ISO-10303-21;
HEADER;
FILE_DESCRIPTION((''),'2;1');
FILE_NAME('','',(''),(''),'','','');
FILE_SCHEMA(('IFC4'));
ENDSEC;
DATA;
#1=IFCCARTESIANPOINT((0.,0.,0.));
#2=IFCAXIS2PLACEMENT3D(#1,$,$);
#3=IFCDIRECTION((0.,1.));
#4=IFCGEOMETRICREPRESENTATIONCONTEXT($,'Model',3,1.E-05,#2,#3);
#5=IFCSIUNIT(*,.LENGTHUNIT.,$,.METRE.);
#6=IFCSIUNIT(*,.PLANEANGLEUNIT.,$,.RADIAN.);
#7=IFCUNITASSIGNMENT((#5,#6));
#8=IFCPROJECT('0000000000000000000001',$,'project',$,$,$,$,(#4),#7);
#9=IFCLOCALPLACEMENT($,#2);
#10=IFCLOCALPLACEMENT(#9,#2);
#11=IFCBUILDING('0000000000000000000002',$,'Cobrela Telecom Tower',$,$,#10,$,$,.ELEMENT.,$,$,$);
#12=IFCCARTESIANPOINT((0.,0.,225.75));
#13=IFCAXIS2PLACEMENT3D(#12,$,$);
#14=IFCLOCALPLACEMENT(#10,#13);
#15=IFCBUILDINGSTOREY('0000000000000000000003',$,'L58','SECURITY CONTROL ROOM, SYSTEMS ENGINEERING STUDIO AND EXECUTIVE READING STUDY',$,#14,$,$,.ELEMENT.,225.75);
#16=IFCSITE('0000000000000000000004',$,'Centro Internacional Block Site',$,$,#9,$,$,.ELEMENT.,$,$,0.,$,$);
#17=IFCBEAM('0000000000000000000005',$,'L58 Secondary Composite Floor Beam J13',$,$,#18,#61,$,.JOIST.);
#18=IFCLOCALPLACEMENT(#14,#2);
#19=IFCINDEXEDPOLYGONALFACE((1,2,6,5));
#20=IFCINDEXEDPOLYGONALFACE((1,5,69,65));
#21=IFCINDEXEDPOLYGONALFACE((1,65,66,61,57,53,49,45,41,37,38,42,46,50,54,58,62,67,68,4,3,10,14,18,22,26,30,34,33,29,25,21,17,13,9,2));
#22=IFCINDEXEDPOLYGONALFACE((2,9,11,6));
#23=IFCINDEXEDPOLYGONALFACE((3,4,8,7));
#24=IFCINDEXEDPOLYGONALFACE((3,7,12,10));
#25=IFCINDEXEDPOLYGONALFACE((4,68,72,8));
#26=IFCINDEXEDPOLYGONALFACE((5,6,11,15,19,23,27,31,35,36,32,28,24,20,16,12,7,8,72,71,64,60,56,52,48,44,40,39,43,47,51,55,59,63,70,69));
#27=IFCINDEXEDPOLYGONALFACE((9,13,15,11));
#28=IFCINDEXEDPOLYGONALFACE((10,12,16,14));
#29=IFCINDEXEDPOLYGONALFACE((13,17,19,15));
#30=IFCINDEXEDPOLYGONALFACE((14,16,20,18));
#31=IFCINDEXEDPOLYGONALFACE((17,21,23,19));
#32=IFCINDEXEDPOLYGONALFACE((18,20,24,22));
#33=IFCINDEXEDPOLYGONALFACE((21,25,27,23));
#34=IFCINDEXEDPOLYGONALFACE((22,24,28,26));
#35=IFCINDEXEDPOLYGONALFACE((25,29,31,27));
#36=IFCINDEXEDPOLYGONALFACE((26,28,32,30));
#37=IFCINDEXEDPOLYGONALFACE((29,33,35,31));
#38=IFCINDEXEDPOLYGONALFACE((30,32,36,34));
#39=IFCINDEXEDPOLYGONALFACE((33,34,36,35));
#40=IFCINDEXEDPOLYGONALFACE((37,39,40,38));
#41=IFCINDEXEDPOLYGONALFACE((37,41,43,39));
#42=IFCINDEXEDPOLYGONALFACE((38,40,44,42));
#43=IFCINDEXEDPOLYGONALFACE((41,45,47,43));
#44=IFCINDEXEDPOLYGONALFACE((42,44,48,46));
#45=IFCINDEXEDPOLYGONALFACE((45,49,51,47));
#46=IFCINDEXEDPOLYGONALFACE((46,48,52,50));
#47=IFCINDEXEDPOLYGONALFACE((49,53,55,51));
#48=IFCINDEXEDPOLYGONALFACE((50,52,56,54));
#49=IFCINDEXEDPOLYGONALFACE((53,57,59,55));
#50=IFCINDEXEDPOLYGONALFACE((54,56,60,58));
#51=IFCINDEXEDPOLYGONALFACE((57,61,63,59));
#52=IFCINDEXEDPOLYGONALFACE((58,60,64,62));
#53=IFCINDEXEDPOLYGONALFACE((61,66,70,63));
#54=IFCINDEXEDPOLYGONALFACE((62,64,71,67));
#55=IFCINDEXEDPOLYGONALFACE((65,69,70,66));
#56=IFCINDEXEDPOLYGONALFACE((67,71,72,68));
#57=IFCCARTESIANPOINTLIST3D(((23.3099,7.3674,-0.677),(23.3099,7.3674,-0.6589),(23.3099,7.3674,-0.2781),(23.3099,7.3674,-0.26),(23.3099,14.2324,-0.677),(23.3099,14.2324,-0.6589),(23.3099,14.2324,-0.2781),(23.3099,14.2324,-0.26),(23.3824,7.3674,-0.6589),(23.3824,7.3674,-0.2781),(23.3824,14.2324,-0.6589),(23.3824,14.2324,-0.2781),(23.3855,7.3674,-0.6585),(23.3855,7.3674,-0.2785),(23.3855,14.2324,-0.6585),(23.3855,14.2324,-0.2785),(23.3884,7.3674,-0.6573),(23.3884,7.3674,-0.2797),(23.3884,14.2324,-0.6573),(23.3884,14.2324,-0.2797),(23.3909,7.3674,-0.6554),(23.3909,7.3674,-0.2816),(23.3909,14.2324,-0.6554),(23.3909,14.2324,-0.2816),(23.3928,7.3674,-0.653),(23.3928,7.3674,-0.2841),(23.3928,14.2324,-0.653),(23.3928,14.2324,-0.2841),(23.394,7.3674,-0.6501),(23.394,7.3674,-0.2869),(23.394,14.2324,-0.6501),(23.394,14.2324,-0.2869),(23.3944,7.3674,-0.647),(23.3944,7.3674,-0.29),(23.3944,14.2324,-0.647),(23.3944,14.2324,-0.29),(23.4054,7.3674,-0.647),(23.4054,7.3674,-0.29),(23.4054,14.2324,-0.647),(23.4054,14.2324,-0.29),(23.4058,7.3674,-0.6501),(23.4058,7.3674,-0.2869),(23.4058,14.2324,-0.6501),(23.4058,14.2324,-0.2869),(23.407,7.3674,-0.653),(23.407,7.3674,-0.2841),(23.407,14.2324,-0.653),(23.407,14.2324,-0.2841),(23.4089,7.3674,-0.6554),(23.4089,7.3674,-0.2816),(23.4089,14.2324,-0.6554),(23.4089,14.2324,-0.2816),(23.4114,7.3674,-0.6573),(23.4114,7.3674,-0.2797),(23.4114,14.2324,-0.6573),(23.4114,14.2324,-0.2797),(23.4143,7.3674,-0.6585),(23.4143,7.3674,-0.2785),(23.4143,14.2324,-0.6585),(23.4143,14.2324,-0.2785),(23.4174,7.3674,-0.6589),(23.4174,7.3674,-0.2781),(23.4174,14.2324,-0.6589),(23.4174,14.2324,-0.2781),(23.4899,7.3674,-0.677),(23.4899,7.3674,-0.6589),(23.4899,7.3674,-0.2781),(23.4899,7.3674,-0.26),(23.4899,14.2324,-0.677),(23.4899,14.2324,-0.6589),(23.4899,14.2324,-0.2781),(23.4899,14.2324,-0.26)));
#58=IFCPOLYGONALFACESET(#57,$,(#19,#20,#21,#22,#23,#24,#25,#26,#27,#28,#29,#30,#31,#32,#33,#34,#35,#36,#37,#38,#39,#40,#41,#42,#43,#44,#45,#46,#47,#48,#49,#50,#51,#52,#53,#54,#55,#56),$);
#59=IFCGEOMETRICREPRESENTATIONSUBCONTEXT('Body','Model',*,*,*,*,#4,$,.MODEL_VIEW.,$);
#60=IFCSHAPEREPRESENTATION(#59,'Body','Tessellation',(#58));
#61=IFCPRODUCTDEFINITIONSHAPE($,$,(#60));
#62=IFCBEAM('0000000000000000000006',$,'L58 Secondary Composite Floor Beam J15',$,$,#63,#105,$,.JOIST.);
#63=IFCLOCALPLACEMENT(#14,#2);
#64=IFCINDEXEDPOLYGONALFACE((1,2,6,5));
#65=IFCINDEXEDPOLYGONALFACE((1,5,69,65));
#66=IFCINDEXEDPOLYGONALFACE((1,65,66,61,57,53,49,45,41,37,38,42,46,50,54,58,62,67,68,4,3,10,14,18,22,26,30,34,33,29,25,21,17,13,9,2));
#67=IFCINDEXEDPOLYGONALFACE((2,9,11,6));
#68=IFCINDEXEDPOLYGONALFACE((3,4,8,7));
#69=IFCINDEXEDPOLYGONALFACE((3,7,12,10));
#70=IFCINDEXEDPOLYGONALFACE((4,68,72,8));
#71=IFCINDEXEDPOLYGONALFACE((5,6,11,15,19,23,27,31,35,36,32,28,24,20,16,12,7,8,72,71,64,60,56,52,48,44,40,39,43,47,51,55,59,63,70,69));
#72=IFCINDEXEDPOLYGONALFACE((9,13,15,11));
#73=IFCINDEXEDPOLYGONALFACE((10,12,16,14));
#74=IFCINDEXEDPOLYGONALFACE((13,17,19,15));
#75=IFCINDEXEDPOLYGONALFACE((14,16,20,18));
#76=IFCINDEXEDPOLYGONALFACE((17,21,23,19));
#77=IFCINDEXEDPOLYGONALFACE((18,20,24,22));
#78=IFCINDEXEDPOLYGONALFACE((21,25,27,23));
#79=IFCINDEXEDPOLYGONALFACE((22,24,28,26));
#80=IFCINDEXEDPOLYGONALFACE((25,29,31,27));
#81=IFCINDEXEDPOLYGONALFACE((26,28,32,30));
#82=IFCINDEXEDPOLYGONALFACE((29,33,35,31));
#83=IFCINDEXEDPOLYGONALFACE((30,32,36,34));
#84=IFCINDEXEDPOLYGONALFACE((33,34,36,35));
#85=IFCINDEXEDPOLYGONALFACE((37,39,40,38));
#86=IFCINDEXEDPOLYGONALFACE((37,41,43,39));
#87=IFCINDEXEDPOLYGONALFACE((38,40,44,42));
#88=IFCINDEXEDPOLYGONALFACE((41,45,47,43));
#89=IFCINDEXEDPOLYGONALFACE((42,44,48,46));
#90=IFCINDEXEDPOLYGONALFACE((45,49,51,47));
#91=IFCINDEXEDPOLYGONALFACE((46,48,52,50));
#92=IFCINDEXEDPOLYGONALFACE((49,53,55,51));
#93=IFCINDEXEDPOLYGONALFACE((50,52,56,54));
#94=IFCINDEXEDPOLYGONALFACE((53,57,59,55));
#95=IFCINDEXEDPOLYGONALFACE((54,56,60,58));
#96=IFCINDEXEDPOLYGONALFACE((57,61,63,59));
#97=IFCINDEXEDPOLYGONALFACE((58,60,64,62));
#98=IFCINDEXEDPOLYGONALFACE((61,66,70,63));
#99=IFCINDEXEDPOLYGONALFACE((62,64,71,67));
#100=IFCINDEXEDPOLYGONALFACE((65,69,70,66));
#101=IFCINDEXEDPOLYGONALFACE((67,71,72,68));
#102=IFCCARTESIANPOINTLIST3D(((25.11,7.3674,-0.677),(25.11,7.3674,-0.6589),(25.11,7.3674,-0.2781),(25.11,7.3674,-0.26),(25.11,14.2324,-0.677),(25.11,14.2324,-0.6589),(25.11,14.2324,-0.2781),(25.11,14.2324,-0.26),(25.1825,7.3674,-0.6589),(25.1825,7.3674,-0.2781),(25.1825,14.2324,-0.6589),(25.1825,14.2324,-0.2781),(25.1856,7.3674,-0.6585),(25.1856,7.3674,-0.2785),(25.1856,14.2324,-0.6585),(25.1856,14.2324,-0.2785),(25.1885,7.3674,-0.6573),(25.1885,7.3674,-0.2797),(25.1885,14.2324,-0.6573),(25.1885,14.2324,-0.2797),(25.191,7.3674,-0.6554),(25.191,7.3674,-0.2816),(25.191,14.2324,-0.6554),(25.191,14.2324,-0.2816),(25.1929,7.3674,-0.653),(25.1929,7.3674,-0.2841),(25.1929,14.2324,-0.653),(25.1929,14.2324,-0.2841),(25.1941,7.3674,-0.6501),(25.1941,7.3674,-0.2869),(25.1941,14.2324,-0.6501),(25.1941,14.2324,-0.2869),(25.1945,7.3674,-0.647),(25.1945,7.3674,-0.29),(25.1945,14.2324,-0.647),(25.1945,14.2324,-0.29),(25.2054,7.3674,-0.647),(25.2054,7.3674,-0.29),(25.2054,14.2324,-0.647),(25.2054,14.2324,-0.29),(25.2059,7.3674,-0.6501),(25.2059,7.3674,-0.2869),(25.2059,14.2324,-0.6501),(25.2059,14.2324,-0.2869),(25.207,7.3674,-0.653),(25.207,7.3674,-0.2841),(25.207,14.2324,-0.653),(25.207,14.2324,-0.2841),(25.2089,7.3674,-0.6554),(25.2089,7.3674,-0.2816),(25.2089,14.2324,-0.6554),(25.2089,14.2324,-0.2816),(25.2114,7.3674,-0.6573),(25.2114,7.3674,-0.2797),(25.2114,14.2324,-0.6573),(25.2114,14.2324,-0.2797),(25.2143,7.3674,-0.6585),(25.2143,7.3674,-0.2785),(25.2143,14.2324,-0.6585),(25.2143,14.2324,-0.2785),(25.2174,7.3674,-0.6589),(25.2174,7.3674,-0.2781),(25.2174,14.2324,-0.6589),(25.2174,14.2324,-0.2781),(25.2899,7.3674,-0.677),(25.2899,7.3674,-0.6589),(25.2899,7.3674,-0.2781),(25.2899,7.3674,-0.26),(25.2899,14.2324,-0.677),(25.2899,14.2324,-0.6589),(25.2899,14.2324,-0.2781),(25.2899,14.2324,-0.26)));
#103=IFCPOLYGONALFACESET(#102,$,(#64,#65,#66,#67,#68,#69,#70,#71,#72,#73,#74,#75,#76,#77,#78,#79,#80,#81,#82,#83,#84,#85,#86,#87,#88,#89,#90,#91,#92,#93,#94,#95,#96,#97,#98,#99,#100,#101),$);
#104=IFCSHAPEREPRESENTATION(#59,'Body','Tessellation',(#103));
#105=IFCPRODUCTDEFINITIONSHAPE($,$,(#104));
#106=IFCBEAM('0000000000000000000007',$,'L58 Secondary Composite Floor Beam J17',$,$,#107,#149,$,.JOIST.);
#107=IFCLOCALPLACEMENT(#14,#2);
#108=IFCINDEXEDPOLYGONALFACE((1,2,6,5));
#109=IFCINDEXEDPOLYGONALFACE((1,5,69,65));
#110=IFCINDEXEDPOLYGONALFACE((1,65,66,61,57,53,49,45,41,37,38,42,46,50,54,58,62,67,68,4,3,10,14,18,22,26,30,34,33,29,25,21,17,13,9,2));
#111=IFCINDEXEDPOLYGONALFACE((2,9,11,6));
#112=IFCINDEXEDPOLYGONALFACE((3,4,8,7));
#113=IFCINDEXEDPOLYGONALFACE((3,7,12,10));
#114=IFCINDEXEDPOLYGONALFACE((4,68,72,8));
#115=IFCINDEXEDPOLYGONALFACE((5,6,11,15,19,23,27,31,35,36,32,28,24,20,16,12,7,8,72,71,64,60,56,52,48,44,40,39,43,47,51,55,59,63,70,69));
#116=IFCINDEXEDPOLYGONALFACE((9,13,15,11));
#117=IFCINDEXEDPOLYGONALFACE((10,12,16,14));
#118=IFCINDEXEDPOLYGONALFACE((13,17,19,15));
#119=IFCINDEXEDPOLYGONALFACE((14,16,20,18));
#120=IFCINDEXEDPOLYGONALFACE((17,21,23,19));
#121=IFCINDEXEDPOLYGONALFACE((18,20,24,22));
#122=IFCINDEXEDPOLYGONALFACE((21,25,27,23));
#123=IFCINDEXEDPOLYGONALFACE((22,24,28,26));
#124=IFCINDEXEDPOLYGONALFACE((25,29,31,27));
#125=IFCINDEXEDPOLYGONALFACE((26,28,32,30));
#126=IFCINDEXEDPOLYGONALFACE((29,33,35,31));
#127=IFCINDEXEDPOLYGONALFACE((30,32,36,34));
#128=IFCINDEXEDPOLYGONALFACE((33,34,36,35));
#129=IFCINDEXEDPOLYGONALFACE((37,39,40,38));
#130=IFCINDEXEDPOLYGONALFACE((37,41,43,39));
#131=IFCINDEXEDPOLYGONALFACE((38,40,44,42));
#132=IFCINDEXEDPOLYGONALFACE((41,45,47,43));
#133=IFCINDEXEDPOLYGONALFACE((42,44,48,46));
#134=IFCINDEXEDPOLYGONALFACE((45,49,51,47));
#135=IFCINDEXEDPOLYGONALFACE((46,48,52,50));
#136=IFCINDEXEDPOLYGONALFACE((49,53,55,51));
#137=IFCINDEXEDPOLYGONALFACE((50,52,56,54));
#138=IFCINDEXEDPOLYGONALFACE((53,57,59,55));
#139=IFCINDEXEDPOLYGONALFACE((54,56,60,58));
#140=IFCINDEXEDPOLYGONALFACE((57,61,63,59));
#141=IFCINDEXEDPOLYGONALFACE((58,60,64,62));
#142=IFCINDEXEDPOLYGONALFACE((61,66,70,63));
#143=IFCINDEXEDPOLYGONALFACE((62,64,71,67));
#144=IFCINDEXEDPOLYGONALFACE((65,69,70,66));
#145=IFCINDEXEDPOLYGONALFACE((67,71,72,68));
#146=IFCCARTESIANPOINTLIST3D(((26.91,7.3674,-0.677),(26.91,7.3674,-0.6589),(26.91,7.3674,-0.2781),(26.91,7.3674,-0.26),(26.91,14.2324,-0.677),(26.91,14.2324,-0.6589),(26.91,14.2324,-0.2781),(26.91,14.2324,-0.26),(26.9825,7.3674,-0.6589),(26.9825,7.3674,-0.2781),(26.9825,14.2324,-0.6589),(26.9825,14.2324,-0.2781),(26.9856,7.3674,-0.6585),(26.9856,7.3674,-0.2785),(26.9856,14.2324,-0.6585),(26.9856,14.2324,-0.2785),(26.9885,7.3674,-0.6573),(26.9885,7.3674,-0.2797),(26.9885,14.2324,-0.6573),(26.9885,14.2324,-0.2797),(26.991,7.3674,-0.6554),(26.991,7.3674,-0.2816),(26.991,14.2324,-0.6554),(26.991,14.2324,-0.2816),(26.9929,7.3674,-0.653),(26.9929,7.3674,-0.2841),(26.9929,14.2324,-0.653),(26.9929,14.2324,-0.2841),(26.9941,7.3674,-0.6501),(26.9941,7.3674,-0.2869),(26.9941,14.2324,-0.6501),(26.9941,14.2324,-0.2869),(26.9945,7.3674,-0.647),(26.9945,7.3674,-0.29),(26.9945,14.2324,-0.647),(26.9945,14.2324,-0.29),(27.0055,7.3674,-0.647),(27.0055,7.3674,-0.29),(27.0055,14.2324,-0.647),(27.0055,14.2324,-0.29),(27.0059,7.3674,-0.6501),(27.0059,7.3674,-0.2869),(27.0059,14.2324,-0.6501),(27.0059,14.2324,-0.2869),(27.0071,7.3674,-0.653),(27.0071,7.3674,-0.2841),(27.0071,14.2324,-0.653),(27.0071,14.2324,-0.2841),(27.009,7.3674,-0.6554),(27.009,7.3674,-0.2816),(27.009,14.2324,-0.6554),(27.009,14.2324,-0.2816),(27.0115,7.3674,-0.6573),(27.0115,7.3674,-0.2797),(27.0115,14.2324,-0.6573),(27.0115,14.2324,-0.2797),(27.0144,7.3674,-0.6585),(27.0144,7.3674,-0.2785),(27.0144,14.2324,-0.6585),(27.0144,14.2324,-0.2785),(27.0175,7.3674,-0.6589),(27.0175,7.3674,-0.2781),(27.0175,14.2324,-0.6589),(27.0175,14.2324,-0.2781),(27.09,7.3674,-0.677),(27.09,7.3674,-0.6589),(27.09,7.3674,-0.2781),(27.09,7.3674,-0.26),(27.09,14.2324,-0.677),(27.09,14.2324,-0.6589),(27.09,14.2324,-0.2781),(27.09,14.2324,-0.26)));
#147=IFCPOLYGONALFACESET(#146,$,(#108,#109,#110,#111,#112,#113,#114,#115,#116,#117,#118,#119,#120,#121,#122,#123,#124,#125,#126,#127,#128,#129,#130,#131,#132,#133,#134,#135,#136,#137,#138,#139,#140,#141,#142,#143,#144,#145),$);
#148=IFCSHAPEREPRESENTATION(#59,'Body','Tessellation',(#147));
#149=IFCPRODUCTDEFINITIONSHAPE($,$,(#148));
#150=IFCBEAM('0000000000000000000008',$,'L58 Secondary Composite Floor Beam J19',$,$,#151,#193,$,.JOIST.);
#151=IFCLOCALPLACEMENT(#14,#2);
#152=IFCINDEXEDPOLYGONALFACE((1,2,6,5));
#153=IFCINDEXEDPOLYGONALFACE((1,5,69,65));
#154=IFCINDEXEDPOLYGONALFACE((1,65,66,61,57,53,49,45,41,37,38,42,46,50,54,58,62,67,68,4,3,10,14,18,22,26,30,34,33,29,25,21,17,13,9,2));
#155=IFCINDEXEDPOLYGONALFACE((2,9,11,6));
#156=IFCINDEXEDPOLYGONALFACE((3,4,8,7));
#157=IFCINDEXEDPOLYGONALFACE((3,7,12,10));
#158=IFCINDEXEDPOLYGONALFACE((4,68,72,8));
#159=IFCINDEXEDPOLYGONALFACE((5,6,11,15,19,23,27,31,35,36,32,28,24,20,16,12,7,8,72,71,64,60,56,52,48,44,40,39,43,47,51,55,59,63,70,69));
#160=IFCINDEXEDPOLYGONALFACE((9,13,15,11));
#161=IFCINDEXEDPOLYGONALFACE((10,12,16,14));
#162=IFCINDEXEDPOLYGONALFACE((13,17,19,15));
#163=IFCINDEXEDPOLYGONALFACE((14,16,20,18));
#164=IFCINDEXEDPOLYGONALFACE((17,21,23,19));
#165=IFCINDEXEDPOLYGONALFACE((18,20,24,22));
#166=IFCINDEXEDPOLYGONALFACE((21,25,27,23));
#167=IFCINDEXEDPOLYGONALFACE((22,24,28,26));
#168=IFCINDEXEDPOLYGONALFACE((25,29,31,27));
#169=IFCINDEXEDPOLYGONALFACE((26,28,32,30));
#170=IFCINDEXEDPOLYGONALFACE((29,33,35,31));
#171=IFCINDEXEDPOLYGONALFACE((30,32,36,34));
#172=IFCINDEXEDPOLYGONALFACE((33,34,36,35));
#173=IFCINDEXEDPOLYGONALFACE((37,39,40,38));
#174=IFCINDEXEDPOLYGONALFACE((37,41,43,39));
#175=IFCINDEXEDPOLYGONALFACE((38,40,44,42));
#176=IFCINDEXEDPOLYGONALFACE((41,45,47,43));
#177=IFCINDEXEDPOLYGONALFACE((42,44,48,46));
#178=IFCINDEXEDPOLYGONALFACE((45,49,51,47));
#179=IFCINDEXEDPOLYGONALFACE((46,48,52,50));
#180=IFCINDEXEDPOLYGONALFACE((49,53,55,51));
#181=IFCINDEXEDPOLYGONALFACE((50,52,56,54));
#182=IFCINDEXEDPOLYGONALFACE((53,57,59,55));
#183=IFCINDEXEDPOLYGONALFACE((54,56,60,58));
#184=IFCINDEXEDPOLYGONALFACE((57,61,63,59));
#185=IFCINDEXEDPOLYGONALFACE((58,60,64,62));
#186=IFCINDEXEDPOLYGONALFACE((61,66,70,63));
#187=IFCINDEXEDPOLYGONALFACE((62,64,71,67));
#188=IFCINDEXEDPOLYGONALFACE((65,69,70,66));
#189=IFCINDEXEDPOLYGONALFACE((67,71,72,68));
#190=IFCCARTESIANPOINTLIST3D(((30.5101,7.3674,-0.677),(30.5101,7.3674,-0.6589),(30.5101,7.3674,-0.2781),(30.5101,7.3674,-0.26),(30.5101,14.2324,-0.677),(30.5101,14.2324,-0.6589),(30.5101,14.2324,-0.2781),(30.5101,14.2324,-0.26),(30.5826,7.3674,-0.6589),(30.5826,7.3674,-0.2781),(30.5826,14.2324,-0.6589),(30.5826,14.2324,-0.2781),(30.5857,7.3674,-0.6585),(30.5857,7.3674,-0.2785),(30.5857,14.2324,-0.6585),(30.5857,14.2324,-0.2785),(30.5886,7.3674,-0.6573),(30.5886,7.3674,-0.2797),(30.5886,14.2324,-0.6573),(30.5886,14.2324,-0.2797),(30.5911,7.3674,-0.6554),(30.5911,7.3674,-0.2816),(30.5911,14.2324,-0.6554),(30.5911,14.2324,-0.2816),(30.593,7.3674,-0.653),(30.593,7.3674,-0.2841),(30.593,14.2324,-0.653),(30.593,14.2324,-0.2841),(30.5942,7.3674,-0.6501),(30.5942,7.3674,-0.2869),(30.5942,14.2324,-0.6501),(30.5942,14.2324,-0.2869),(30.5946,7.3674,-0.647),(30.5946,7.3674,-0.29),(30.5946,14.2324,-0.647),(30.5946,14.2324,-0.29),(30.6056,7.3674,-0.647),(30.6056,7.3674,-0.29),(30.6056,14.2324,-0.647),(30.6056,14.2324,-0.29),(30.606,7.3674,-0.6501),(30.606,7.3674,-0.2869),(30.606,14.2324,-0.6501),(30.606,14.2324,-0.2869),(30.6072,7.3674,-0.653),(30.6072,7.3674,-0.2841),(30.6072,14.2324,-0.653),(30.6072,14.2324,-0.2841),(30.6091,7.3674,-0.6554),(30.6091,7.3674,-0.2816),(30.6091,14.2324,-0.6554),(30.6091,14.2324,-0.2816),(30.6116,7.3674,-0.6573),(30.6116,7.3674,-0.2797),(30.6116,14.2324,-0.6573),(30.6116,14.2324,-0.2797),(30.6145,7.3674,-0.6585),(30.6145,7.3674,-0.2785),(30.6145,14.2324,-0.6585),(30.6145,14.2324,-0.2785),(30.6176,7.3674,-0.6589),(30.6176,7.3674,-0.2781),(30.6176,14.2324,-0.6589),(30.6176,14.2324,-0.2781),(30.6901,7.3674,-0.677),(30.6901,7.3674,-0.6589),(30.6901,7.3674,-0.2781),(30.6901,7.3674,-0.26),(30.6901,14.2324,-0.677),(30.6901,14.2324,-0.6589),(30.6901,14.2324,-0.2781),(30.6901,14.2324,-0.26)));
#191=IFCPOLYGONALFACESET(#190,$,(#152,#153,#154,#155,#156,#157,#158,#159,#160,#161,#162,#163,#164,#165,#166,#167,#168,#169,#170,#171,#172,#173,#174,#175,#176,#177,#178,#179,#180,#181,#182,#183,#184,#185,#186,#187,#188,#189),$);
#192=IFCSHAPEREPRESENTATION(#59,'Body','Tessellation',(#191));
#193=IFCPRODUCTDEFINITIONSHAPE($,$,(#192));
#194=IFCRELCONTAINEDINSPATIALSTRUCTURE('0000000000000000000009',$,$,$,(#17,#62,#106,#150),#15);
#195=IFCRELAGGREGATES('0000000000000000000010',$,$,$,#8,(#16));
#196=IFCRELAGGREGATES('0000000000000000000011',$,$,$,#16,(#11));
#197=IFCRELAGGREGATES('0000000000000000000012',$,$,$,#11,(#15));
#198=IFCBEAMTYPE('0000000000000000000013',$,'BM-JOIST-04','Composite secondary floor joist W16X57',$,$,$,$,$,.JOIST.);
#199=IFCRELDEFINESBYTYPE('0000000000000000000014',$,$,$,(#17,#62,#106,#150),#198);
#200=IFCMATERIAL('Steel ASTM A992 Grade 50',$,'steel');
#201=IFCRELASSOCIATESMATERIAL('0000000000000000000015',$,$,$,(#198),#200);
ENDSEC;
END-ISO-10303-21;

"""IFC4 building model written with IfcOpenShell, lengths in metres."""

from ifc_helpers import new_model, si_unit, direction, frame, origin, origin_2d, place, context, subcontext, project, spatial, i_section, extrude, material, material_profile, profile_set, type_object, element, save


model = new_model("IFC4")

# Units and contexts
model_context = context("Model", 3, precision=1e-05, world=origin(), true_north=direction((0.0, 1.0)))
body_context = subcontext(model_context, "Body", "Model", "MODEL_VIEW")
ifc_project = project(units=[si_unit("LENGTHUNIT", "METRE"), si_unit("PLANEANGLEUNIT", "RADIAN")], contexts=[model_context])

# Site, building, storey
site_placement = place(None, origin())
site = spatial("IfcSite", under=ifc_project, at=site_placement, Name="Centro Internacional Block Site", CompositionType="ELEMENT", RefElevation=0.0)
building_placement = place(site_placement, origin())
building = spatial("IfcBuilding", under=site, at=building_placement, Name="Cobrela Telecom Tower", CompositionType="ELEMENT")
storey_placement = place(building_placement, frame((0.0, 0.0, 225.75)))
storey = spatial("IfcBuildingStorey", under=building, at=storey_placement, Name="L58", Description="SECURITY CONTROL ROOM, SYSTEMS ENGINEERING STUDIO AND EXECUTIVE READING STUDY", CompositionType="ELEMENT", Elevation=225.75)

# Shared definitions
ifc_material_1 = material(Name="Steel ASTM A992 Grade 50", Category="steel")

# Beams
ifc_material_profile_1 = material_profile(ifc_material_1, i_section(OverallWidth=0.1799, OverallDepth=0.417, WebThickness=0.011, FlangeThickness=0.0181, FilletRadius=0.012, at=origin_2d()), Name="W16X57")
ifc_profile_set_1 = profile_set([ifc_material_profile_1], Name="Steel ASTM A992 Grade 50")
beam_type_1 = type_object("IfcBeamType", Name="BM-JOIST-04", Description="Composite secondary floor joist W16X57", PredefinedType="JOIST", material=ifc_profile_set_1)
for number, where, z_axis, x_axis, name in (
    (1, (23.3999, 7.3674, -0.4685), (0.0, 1.0, 0.0), (-1.0, 0.0, 0.0), "L58 Secondary Composite Floor Beam J13"),
    (2, (25.2, 7.3674, -0.4685), (0.0, 1.0, 0.0), (-1.0, 0.0, 0.0), "L58 Secondary Composite Floor Beam J15"),
    (3, (27.0, 7.3674, -0.4685), (0.0, 1.0, 0.0), (-1.0, 0.0, 0.0), "L58 Secondary Composite Floor Beam J17"),
    (4, (30.6001, 7.3674, -0.4685), (0.0, 1.0, 0.0), (-1.0, 0.0, 0.0), "L58 Secondary Composite Floor Beam J19"),
):
    element("IfcBeam", number, at=place(storey_placement, frame(where, z_axis=z_axis, x_axis=x_axis)), inside=storey, type_object=beam_type_1, Name=name, PredefinedType="JOIST", context=body_context, shape_type="SweptSolid", body=[
        extrude(i_section(OverallWidth=0.1799, OverallDepth=0.417, WebThickness=0.011, FlangeThickness=0.0181, FilletRadius=0.012, at=origin_2d()), origin(), (0.0, 0.0, 1.0), 6.865),
    ])

save(model, "model.ifc")
